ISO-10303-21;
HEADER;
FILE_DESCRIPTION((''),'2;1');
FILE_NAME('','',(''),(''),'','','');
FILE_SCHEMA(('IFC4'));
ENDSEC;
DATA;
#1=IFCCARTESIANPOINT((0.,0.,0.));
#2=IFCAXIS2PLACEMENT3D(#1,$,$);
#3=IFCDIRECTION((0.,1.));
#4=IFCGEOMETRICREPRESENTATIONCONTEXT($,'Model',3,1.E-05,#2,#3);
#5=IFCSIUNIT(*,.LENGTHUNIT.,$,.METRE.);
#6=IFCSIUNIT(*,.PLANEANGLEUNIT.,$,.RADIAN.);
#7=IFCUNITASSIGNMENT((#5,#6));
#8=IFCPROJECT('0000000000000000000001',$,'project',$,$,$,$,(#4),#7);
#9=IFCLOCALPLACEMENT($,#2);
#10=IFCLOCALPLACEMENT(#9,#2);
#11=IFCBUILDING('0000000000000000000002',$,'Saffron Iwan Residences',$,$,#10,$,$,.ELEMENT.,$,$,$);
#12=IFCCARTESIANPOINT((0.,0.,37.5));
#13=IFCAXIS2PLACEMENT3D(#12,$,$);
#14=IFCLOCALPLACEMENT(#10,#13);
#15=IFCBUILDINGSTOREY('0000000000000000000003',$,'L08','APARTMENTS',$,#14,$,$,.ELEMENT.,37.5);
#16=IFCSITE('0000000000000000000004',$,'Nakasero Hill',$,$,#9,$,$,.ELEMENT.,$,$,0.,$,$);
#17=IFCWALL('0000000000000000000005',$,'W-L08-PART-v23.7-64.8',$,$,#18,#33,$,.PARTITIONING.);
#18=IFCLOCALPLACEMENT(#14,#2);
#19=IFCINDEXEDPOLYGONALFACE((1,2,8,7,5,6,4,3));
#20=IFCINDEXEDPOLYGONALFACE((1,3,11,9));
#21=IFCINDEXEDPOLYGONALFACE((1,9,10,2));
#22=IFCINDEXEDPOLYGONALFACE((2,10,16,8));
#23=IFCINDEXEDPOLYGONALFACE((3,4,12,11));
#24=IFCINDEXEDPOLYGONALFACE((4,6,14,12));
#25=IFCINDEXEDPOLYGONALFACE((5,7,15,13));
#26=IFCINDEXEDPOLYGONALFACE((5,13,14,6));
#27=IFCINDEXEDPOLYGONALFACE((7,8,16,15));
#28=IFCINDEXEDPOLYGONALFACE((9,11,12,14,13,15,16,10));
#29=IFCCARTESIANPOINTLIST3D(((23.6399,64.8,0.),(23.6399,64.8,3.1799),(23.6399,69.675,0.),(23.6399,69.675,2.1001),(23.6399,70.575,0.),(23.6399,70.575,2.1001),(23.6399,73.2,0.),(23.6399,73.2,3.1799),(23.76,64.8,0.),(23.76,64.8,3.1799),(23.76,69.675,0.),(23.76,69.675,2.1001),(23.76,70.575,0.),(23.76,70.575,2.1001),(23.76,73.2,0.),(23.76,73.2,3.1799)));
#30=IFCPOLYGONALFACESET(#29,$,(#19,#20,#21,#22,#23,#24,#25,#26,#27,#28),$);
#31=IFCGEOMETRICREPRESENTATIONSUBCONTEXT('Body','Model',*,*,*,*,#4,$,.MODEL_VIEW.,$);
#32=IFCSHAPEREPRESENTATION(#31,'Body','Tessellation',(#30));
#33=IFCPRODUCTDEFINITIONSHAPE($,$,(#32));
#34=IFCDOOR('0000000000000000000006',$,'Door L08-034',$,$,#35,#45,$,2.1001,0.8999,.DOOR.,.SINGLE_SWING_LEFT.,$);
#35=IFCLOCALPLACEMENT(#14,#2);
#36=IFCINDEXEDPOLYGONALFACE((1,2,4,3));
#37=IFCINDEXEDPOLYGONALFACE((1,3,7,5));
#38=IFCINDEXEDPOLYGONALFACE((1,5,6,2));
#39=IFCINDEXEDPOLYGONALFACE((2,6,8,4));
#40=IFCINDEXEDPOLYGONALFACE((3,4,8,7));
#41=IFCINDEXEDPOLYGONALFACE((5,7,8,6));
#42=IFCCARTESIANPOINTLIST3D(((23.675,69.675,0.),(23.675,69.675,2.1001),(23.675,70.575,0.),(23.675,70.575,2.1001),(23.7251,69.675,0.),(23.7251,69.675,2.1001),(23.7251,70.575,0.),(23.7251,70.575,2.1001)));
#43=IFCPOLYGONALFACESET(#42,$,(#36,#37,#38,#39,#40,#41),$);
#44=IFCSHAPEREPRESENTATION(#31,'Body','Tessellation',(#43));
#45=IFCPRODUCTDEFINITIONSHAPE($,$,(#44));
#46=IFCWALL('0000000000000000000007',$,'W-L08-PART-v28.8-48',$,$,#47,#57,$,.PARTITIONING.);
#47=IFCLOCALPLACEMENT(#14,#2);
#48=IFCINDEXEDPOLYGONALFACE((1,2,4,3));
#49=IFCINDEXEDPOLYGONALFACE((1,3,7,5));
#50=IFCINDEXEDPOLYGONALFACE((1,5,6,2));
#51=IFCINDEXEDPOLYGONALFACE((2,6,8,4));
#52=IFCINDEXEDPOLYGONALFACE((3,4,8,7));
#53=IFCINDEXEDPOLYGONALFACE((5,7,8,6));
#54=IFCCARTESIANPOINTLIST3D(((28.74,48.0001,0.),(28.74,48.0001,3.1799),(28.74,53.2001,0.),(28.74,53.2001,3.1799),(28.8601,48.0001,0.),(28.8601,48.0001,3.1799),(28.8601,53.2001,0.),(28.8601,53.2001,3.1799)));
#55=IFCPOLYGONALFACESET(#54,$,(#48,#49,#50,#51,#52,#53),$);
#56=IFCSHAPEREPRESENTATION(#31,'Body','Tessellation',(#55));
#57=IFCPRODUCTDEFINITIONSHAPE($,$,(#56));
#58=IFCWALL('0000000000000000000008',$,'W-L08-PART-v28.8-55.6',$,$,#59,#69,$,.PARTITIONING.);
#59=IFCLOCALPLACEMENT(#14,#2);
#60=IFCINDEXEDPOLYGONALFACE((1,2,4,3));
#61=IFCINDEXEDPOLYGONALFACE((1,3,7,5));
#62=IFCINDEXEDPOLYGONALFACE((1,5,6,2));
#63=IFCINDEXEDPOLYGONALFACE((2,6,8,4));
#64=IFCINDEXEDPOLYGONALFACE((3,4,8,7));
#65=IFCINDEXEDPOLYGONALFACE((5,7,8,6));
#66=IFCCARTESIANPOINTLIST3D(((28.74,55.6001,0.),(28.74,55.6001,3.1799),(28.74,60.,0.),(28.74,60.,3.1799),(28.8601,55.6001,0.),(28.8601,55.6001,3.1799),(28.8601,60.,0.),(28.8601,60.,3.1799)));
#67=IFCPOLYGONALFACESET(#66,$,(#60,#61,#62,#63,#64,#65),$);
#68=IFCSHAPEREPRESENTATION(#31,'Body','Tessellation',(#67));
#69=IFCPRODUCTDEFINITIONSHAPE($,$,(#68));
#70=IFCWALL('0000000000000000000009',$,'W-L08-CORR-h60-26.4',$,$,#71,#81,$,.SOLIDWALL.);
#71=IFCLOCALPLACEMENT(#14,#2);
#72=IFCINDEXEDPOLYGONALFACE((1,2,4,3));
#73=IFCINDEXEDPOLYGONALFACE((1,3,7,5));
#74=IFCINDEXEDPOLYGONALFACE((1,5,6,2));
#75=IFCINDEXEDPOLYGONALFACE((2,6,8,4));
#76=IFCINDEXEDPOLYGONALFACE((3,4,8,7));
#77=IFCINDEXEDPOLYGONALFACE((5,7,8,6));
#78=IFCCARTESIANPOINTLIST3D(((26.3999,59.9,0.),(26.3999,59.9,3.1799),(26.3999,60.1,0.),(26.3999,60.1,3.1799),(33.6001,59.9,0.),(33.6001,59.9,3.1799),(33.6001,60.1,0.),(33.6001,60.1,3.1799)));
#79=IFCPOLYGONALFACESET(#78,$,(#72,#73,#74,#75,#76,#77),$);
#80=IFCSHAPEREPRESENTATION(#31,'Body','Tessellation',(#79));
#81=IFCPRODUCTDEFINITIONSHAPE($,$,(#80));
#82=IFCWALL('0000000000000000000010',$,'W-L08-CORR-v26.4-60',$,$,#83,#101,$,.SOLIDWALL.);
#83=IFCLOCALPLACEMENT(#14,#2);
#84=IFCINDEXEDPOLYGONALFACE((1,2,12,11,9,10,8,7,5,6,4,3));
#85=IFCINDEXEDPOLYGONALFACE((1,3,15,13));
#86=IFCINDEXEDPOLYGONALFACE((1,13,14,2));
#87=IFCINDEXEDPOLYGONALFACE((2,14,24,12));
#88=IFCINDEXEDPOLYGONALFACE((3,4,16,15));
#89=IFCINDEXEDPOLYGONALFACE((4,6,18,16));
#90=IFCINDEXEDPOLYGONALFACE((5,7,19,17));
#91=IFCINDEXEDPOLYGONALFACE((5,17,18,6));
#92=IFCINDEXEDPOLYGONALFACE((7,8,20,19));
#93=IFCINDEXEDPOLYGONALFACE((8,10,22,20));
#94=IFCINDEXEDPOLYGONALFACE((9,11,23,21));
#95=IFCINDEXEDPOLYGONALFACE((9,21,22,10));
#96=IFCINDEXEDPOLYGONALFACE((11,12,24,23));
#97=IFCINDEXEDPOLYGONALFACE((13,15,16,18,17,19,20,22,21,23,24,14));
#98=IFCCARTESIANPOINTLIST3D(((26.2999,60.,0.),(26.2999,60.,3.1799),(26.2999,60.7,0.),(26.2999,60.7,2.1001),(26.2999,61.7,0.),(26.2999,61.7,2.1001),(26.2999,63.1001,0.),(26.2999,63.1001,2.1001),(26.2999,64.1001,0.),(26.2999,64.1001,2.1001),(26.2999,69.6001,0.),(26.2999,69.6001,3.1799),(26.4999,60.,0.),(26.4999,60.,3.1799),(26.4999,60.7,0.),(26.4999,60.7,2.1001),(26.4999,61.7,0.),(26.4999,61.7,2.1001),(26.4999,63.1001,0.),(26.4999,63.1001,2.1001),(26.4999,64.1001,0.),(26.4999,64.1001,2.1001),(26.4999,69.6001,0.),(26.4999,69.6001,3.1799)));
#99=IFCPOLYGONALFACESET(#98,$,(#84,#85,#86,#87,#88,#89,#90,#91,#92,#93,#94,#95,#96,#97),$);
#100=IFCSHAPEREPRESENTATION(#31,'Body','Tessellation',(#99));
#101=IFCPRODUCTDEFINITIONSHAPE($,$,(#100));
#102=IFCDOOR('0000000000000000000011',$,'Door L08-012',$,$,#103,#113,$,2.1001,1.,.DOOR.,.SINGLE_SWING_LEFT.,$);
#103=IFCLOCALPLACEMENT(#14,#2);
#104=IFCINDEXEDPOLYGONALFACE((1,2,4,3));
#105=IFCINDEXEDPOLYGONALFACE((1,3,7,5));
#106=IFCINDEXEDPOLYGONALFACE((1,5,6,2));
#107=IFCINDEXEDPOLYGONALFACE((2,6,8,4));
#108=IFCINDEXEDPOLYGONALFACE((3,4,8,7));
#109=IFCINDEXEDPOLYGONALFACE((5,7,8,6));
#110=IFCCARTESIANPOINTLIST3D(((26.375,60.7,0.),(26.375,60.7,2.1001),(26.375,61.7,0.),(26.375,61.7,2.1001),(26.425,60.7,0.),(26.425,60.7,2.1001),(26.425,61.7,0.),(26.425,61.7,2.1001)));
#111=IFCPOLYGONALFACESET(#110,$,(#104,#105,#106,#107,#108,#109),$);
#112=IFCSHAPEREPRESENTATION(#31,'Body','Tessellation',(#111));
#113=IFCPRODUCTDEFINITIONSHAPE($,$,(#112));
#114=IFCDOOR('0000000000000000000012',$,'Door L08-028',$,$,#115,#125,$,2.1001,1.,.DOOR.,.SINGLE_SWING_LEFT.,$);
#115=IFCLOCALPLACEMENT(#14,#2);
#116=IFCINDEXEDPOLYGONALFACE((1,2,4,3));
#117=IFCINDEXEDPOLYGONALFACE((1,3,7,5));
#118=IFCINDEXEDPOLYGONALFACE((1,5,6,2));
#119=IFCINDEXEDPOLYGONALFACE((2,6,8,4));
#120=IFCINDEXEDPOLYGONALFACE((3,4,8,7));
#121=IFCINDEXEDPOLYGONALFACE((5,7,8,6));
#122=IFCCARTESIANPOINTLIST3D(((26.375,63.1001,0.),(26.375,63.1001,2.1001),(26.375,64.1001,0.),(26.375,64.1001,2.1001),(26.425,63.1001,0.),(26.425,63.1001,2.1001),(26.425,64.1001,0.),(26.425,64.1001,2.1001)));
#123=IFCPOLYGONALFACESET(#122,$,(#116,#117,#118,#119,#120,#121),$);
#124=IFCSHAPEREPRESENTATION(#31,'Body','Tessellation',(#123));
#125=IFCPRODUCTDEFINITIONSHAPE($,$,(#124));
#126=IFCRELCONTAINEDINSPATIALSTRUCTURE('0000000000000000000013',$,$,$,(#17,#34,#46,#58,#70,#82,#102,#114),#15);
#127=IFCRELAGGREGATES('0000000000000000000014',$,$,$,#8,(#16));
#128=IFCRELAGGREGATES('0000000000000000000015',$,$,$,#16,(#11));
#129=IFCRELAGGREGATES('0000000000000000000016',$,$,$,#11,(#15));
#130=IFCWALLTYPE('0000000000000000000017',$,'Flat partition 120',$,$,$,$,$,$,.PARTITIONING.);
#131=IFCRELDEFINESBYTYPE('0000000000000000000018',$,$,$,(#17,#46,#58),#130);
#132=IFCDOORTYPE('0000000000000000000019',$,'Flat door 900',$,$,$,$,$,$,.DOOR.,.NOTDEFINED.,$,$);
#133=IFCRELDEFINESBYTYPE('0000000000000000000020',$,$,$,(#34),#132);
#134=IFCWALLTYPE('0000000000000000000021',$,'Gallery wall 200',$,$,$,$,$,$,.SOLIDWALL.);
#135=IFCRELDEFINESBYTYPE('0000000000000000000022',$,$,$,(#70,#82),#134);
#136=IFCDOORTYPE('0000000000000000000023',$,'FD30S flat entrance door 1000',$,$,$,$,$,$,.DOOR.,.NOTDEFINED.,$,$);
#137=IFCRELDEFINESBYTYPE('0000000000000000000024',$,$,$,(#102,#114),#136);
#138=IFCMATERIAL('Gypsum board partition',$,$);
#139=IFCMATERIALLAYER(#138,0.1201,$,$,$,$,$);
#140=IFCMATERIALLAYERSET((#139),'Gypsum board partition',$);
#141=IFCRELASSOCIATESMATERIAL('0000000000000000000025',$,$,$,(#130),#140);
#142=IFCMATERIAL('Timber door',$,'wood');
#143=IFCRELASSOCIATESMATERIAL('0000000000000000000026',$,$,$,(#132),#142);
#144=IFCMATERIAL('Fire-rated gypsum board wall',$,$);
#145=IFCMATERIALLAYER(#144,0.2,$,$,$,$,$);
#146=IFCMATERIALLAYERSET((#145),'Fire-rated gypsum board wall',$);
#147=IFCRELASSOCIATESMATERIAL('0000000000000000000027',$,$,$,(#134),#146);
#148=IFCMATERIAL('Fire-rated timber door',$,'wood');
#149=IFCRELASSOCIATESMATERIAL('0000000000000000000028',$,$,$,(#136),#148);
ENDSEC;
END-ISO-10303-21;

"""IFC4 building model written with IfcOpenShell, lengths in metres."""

from ifc_helpers import new_model, si_unit, direction, frame, frame_2d, origin, place, context, subcontext, project, spatial, rectangle, extrude, material, layer, layer_set, type_object, element, fill, save


model = new_model("IFC4")

# Units and contexts
model_context = context("Model", 3, precision=1e-05, world=origin(), true_north=direction((0.0, 1.0)))
body_context = subcontext(model_context, "Body", "Model", "MODEL_VIEW")
ifc_project = project(units=[si_unit("LENGTHUNIT", "METRE"), si_unit("PLANEANGLEUNIT", "RADIAN")], contexts=[model_context])

# Site, building, storey
site_placement = place(None, origin())
site = spatial("IfcSite", under=ifc_project, at=site_placement, Name="Nakasero Hill", CompositionType="ELEMENT", RefElevation=0.0)
building_placement = place(site_placement, origin())
building = spatial("IfcBuilding", under=site, at=building_placement, Name="Saffron Iwan Residences", CompositionType="ELEMENT")
storey_placement = place(building_placement, frame((0.0, 0.0, 37.5)))
storey = spatial("IfcBuildingStorey", under=building, at=storey_placement, Name="L08", Description="APARTMENTS", CompositionType="ELEMENT", Elevation=37.5)

# Shared definitions
ifc_material_1 = material(Name="Gypsum board partition")
ifc_layer_1 = layer(ifc_material_1, 0.1201)
ifc_layer_set_1 = layer_set([ifc_layer_1], Name="Gypsum board partition")
wall_type_1 = type_object("IfcWallType", Name="Flat partition 120", PredefinedType="PARTITIONING", material=ifc_layer_set_1)

# Shared definitions
ifc_material_2 = material(Name="Timber door", Category="wood")
door_type_1 = type_object("IfcDoorType", Name="Flat door 900", OperationType="NOTDEFINED", PredefinedType="DOOR", material=ifc_material_2)

# Wall, opening, door
wall_1_placement = place(storey_placement, frame((23.7, 64.8, 0.0), z_axis=(0.0, 0.0, 1.0), x_axis=(0.0, 1.0, 0.0)))
wall_1 = element("IfcWall", 1, at=wall_1_placement, inside=storey, type_object=wall_type_1, Name="W-L08-PART-v23.7-64.8", PredefinedType="PARTITIONING", context=body_context, shape_type="SweptSolid", body=[
    extrude(rectangle(XDim=8.3999, YDim=0.1201, at=frame_2d((4.2, 0.0))), origin(), (0.0, 0.0, 1.0), 3.1799),
])
opening_1_placement = place(wall_1_placement, frame((4.875, 0.0, 0.0)))
opening_1 = element("IfcOpeningElement", 2, at=opening_1_placement, cuts=wall_1, PredefinedType="OPENING", context=body_context, shape_type="SweptSolid", body=[
    extrude(rectangle(XDim=0.8999, YDim=2.1001, at=frame_2d((0.45, 1.05))), frame((0.0, 0.0701, 0.0), z_axis=(0.0, -1.0, 0.0), x_axis=(1.0, 0.0, 0.0)), (0.0, 0.0, 1.0), 0.1401),
])
door_1_placement = place(opening_1_placement, origin())
door_1 = element("IfcDoor", 3, at=door_1_placement, inside=storey, type_object=door_type_1, Name="Door L08-034", OperationType="SINGLE_SWING_LEFT", OverallHeight=2.1001, OverallWidth=0.8999, PredefinedType="DOOR", context=body_context, shape_type="SweptSolid", body=[
    extrude(rectangle(XDim=0.8999, YDim=2.1001, at=frame_2d((0.45, 1.05))), frame((0.0, 0.0249, 0.0), z_axis=(0.0, -1.0, 0.0), x_axis=(1.0, 0.0, 0.0)), (0.0, 0.0, 1.0), 0.05),
])
fill(opening_1, door_1)

# Walls
wall_2_placement = place(storey_placement, frame((28.8, 48.0, 0.0), z_axis=(0.0, 0.0, 1.0), x_axis=(0.0, 1.0, 0.0)))
element("IfcWall", 4, at=wall_2_placement, inside=storey, type_object=wall_type_1, Name="W-L08-PART-v28.8-48", PredefinedType="PARTITIONING", context=body_context, shape_type="SweptSolid", body=[
    extrude(rectangle(XDim=5.2, YDim=0.1201, at=frame_2d((2.6001, 0.0))), origin(), (0.0, 0.0, 1.0), 3.1799),
])
wall_3_placement = place(storey_placement, frame((28.8, 55.6001, 0.0), z_axis=(0.0, 0.0, 1.0), x_axis=(0.0, 1.0, 0.0)))
element("IfcWall", 5, at=wall_3_placement, inside=storey, type_object=wall_type_1, Name="W-L08-PART-v28.8-55.6", PredefinedType="PARTITIONING", context=body_context, shape_type="SweptSolid", body=[
    extrude(rectangle(XDim=4.3999, YDim=0.1201, at=frame_2d((2.2, 0.0))), origin(), (0.0, 0.0, 1.0), 3.1799),
])
ifc_material_3 = material(Name="Fire-rated gypsum board wall")
ifc_layer_2 = layer(ifc_material_3, 0.2)
ifc_layer_set_2 = layer_set([ifc_layer_2], Name="Fire-rated gypsum board wall")
wall_type_2 = type_object("IfcWallType", Name="Gallery wall 200", PredefinedType="SOLIDWALL", material=ifc_layer_set_2)
wall_4_placement = place(storey_placement, frame((26.3999, 60.0, 0.0), z_axis=(0.0, 0.0, 1.0), x_axis=(1.0, 0.0, 0.0)))
element("IfcWall", 6, at=wall_4_placement, inside=storey, type_object=wall_type_2, Name="W-L08-CORR-h60-26.4", PredefinedType="SOLIDWALL", context=body_context, shape_type="SweptSolid", body=[
    extrude(rectangle(XDim=7.2002, YDim=0.2, at=frame_2d((3.6001, 0.0))), origin(), (0.0, 0.0, 1.0), 3.1799),
])

# Wall, openings, doors
wall_5_placement = place(storey_placement, frame((26.3999, 60.0, 0.0), z_axis=(0.0, 0.0, 1.0), x_axis=(0.0, 1.0, 0.0)))
wall_5 = element("IfcWall", 7, at=wall_5_placement, inside=storey, type_object=wall_type_2, Name="W-L08-CORR-v26.4-60", PredefinedType="SOLIDWALL", context=body_context, shape_type="SweptSolid", body=[
    extrude(rectangle(XDim=9.6001, YDim=0.2, at=frame_2d((4.8, 0.0))), origin(), (0.0, 0.0, 1.0), 3.1799),
])
opening_2_placement = place(wall_5_placement, frame((0.7, 0.0, 0.0)))
opening_2 = element("IfcOpeningElement", 8, at=opening_2_placement, cuts=wall_5, PredefinedType="OPENING", context=body_context, shape_type="SweptSolid", body=[
    extrude(rectangle(XDim=1.0, YDim=2.1001, at=frame_2d((0.5, 1.05))), frame((0.0, 0.1099, 0.0), z_axis=(0.0, -1.0, 0.0), x_axis=(1.0, 0.0, 0.0)), (0.0, 0.0, 1.0), 0.22),
])
opening_3_placement = place(wall_5_placement, frame((3.1001, 0.0, 0.0)))
opening_3 = element("IfcOpeningElement", 9, at=opening_3_placement, cuts=wall_5, PredefinedType="OPENING", context=body_context, shape_type="SweptSolid", body=[
    extrude(rectangle(XDim=1.0, YDim=2.1001, at=frame_2d((0.5, 1.05))), frame((0.0, 0.1099, 0.0), z_axis=(0.0, -1.0, 0.0), x_axis=(1.0, 0.0, 0.0)), (0.0, 0.0, 1.0), 0.22),
])
ifc_material_4 = material(Name="Fire-rated timber door", Category="wood")
door_type_2 = type_object("IfcDoorType", Name="FD30S flat entrance door 1000", OperationType="NOTDEFINED", PredefinedType="DOOR", material=ifc_material_4)
door_2_placement = place(opening_2_placement, origin())
door_2 = element("IfcDoor", 10, at=door_2_placement, inside=storey, type_object=door_type_2, Name="Door L08-012", OperationType="SINGLE_SWING_LEFT", OverallHeight=2.1001, OverallWidth=1.0, PredefinedType="DOOR", context=body_context, shape_type="SweptSolid", body=[
    extrude(rectangle(XDim=1.0, YDim=2.1001, at=frame_2d((0.5, 1.05))), frame((0.0, 0.0249, 0.0), z_axis=(0.0, -1.0, 0.0), x_axis=(1.0, 0.0, 0.0)), (0.0, 0.0, 1.0), 0.05),
])
fill(opening_2, door_2)
door_3_placement = place(opening_3_placement, origin())
door_3 = element("IfcDoor", 11, at=door_3_placement, inside=storey, type_object=door_type_2, Name="Door L08-028", OperationType="SINGLE_SWING_LEFT", OverallHeight=2.1001, OverallWidth=1.0, PredefinedType="DOOR", context=body_context, shape_type="SweptSolid", body=[
    extrude(rectangle(XDim=1.0, YDim=2.1001, at=frame_2d((0.5, 1.05))), frame((0.0, 0.0249, 0.0), z_axis=(0.0, -1.0, 0.0), x_axis=(1.0, 0.0, 0.0)), (0.0, 0.0, 1.0), 0.05),
])
fill(opening_3, door_3)

save(model, "model.ifc")
